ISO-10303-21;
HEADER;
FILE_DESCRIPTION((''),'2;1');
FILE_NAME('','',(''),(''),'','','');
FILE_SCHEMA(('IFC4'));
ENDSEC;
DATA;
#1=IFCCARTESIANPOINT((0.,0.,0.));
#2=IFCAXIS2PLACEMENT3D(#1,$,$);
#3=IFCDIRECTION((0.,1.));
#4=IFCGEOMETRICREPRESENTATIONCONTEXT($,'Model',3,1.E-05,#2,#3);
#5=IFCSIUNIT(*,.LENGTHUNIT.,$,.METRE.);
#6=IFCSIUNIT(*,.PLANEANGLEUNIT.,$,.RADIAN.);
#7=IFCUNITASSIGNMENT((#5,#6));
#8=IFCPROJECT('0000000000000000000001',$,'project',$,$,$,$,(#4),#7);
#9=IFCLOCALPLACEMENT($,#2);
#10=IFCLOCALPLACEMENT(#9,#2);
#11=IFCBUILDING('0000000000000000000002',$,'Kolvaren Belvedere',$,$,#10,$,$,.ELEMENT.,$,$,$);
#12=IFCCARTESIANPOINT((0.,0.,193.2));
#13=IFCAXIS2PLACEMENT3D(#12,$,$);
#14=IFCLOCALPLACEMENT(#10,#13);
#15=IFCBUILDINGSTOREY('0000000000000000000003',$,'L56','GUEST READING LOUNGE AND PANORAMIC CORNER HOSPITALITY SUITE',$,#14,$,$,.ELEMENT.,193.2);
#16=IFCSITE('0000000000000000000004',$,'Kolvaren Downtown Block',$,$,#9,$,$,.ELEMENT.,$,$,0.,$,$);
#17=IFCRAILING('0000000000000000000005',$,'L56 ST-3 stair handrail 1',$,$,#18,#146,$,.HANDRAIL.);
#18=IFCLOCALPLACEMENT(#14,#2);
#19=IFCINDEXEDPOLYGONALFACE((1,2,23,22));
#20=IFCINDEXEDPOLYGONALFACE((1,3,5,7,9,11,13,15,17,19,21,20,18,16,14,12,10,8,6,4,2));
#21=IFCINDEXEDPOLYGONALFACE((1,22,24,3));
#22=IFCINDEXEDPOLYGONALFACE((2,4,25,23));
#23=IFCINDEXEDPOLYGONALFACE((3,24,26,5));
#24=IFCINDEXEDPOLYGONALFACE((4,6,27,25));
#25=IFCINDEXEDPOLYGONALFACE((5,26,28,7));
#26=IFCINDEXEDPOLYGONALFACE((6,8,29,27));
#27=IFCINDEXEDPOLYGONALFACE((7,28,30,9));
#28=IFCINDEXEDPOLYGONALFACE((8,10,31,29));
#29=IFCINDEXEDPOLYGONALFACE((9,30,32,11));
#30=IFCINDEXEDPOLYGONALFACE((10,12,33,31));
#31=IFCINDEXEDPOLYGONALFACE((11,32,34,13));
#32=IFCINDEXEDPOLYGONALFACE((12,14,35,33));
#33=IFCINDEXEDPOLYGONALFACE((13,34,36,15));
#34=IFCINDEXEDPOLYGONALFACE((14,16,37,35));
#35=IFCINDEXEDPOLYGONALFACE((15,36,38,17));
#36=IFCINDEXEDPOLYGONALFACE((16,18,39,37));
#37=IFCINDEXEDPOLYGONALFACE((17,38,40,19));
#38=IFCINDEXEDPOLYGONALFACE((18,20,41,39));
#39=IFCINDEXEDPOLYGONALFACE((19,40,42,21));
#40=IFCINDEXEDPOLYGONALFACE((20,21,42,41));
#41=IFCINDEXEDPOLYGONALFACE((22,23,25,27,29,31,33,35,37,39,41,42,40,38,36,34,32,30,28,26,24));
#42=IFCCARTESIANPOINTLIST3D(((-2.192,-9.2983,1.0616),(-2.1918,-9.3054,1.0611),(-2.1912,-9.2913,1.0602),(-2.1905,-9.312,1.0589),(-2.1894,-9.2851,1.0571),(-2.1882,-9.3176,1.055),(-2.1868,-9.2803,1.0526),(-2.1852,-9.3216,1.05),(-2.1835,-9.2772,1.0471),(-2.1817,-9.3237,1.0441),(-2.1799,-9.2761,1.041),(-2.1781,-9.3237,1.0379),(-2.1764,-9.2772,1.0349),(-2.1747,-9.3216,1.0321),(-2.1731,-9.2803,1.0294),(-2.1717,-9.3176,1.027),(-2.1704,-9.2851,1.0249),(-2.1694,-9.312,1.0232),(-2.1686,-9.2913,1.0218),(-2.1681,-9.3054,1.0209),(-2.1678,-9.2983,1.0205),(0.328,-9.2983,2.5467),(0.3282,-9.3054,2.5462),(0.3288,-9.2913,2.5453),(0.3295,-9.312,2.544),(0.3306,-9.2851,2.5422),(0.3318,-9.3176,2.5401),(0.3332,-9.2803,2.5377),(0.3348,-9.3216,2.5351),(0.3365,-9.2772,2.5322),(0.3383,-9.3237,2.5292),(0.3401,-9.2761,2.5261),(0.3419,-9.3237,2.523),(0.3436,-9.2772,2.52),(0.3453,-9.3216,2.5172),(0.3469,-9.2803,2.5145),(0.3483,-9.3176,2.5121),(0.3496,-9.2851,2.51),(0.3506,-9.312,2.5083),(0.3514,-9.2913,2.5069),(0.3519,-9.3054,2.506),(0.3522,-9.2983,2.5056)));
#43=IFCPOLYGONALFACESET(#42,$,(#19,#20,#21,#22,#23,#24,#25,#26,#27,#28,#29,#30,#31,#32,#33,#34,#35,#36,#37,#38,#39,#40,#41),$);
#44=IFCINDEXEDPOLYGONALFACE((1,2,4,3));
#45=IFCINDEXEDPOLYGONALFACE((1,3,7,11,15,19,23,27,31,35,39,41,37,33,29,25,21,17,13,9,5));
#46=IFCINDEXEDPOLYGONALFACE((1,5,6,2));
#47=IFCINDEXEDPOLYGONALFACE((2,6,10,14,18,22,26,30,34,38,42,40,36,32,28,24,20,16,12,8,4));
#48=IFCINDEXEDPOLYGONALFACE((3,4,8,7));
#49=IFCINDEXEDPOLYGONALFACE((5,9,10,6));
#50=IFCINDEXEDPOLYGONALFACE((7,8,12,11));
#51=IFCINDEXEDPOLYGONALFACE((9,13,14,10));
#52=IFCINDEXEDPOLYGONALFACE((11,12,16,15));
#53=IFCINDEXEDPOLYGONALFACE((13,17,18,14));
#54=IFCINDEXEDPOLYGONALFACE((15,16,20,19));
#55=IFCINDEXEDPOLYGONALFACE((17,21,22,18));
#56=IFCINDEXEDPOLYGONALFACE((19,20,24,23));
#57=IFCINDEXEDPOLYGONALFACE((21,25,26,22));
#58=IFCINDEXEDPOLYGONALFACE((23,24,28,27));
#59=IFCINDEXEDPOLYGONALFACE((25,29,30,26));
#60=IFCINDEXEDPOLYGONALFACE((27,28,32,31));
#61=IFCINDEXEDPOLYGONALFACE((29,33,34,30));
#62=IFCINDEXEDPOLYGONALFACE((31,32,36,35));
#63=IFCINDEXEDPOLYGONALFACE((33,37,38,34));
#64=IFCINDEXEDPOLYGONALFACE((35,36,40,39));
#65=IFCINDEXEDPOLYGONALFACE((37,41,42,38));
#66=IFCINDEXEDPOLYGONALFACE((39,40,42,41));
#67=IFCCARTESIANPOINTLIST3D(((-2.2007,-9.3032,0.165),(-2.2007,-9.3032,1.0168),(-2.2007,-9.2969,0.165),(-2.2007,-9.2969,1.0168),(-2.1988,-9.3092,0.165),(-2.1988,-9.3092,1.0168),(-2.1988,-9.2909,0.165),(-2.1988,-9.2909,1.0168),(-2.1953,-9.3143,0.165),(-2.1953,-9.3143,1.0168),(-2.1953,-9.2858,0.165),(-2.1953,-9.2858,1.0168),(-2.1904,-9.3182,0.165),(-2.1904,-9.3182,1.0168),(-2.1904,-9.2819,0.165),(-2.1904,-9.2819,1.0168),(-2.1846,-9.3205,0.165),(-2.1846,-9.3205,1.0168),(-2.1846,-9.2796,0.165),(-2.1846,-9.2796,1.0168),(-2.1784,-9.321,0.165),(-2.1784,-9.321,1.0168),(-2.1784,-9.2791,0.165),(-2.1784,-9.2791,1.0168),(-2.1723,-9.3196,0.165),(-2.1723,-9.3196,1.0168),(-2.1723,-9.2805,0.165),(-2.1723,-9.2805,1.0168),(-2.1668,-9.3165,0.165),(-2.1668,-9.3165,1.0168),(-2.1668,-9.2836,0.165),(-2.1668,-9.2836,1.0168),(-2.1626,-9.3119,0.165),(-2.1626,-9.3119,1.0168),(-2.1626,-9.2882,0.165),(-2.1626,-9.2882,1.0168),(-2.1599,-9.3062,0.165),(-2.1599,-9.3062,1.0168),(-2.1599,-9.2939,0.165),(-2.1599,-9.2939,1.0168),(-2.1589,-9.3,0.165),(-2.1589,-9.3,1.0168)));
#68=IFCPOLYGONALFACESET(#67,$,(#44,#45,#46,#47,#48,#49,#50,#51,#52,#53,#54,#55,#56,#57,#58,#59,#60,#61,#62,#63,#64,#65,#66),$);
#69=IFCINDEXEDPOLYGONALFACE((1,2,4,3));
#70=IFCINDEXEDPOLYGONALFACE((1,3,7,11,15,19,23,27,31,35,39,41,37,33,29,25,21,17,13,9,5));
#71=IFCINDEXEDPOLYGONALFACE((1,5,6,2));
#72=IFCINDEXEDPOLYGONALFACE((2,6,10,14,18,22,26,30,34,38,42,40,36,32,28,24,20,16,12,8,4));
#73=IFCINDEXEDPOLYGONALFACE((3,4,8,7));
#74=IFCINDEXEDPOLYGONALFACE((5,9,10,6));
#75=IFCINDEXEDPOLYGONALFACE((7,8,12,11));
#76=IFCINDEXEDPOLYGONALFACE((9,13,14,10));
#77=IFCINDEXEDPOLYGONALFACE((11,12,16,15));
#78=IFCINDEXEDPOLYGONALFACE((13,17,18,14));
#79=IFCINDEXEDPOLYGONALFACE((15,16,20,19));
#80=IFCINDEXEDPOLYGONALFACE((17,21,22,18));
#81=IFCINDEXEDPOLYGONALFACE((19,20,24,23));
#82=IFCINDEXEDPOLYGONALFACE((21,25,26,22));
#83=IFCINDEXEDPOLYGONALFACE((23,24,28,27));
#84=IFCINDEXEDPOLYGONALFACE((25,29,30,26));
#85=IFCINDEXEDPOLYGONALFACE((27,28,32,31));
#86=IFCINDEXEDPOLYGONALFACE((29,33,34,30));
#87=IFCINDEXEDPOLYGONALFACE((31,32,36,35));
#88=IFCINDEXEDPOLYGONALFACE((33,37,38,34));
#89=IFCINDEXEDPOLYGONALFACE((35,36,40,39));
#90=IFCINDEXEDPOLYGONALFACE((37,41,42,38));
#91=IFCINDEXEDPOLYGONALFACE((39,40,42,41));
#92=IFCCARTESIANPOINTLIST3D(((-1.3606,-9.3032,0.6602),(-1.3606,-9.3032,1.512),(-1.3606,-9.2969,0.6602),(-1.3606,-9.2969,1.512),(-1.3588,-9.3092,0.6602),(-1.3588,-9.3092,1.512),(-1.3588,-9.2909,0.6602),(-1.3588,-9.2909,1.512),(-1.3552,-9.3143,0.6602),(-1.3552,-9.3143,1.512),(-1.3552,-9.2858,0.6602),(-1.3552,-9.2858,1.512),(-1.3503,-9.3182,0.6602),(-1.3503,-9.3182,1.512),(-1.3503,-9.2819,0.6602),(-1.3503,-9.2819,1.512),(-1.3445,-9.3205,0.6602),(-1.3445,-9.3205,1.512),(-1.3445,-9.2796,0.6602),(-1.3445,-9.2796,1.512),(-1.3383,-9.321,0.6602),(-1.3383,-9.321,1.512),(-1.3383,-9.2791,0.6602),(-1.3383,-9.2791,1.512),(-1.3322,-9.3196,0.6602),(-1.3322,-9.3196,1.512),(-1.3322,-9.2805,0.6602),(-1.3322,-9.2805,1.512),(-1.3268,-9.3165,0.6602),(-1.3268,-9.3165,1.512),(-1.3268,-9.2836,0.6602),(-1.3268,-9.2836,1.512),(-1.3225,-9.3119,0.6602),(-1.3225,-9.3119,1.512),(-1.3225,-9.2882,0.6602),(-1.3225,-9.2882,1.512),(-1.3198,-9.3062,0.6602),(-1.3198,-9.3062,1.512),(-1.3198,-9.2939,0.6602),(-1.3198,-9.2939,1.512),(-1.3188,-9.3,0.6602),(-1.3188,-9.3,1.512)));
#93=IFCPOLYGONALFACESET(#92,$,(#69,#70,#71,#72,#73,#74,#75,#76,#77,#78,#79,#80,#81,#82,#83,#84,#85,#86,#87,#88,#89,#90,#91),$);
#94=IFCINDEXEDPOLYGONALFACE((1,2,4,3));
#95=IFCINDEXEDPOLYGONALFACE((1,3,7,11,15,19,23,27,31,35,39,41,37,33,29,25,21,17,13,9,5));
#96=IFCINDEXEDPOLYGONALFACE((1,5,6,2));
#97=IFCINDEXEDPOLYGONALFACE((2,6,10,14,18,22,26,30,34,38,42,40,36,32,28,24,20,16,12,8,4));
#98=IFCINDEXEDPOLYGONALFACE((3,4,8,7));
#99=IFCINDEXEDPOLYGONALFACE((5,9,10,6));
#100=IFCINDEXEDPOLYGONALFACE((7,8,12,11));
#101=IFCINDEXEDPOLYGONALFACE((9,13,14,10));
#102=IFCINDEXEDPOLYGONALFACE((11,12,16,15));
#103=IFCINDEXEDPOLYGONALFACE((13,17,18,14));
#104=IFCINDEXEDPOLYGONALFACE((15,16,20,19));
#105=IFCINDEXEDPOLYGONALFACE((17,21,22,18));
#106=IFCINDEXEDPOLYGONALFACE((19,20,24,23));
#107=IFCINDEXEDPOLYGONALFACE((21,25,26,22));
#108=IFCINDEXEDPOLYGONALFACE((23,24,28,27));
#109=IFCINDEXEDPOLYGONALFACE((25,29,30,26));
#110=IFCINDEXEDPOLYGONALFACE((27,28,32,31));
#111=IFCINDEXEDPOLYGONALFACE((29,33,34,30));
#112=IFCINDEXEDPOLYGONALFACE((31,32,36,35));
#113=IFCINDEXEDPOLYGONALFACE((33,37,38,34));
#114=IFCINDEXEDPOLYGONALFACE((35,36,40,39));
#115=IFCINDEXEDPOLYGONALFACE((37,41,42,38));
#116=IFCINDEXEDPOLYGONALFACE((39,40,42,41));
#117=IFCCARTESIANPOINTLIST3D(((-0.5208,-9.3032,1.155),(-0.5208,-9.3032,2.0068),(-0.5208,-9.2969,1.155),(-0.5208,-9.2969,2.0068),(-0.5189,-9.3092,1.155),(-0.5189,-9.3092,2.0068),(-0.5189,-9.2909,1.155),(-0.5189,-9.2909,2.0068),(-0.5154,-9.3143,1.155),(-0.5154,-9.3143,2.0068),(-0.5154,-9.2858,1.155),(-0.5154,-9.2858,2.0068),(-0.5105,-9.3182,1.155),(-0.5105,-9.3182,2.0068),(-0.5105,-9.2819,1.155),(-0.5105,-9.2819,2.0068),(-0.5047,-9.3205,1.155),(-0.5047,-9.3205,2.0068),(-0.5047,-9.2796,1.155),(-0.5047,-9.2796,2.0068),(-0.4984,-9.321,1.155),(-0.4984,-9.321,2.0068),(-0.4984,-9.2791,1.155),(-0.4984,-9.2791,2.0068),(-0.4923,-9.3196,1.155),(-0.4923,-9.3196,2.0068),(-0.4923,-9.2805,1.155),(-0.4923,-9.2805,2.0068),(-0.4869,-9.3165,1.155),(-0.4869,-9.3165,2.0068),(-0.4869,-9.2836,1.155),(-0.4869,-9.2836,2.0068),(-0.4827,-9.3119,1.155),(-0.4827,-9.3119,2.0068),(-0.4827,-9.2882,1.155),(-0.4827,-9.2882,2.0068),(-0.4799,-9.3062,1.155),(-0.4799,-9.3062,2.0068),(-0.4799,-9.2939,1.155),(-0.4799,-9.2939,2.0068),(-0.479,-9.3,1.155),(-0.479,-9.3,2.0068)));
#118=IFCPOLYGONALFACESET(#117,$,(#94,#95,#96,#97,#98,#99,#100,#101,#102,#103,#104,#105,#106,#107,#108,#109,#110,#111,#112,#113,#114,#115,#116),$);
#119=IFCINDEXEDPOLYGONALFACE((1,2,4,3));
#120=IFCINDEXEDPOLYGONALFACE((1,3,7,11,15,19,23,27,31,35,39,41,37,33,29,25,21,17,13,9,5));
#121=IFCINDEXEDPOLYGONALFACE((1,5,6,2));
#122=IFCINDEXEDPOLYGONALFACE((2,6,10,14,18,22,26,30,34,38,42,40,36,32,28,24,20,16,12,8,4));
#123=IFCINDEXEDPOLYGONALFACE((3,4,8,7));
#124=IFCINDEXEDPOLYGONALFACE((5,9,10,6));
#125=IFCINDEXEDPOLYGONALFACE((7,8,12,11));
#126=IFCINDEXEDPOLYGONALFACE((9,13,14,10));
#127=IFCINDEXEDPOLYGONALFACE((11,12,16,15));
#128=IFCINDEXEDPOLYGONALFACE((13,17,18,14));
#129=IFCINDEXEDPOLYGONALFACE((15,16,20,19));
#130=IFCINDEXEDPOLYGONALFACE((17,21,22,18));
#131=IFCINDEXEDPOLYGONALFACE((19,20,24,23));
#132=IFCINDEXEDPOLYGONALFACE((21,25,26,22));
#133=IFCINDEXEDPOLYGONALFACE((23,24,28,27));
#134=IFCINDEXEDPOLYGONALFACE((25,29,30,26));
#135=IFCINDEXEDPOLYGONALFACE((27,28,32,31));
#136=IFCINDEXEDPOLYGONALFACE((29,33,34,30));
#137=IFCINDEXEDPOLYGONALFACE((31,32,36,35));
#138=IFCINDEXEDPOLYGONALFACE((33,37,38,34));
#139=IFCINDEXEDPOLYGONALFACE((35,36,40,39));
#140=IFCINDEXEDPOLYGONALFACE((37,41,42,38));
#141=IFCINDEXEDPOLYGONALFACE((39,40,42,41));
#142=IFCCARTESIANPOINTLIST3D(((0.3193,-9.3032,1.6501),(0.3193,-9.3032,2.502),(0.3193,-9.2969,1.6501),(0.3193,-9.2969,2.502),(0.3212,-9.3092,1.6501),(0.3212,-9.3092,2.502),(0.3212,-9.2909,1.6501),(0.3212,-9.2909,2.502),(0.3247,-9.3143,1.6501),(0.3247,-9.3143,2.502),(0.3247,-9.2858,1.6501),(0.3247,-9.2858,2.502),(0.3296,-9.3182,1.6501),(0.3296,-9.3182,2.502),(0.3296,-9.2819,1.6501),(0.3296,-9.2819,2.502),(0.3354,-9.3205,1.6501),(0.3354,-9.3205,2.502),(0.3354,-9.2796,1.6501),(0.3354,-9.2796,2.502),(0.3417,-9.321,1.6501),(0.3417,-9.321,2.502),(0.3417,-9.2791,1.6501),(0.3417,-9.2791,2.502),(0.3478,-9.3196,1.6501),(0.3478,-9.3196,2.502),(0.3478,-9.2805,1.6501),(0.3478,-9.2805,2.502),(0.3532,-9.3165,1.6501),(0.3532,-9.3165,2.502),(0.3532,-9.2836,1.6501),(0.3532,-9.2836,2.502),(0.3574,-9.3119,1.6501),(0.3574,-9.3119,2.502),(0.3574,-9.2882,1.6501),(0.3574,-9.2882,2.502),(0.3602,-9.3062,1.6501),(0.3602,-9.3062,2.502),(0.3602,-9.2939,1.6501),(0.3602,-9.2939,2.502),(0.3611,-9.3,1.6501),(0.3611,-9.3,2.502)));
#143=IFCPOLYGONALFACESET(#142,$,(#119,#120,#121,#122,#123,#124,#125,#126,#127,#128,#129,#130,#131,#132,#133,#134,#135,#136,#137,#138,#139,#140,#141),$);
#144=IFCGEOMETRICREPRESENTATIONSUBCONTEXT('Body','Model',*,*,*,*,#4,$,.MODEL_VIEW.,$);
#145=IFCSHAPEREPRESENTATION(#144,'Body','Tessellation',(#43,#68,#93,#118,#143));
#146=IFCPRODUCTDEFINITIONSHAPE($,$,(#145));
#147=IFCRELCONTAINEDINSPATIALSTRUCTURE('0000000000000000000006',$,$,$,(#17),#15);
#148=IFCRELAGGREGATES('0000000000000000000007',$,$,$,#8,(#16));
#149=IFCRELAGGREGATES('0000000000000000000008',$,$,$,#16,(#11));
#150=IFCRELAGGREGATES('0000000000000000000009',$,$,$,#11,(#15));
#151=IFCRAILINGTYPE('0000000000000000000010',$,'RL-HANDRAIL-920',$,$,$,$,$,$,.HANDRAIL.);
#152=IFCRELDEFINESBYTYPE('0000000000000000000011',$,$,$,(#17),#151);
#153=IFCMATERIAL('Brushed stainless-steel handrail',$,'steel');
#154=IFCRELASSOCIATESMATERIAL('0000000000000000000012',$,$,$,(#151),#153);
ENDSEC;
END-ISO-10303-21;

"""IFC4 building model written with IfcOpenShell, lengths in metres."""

from ifc_helpers import new_model, si_unit, direction, frame, origin, origin_2d, place, context, subcontext, project, spatial, circle, extrude, material, type_object, element, save


model = new_model("IFC4")

# Units and contexts
model_context = context("Model", 3, precision=1e-05, world=origin(), true_north=direction((0.0, 1.0)))
body_context = subcontext(model_context, "Body", "Model", "MODEL_VIEW")
ifc_project = project(units=[si_unit("LENGTHUNIT", "METRE"), si_unit("PLANEANGLEUNIT", "RADIAN")], contexts=[model_context])

# Site, building, storey
site_placement = place(None, origin())
site = spatial("IfcSite", under=ifc_project, at=site_placement, Name="Kolvaren Downtown Block", CompositionType="ELEMENT", RefElevation=0.0)
building_placement = place(site_placement, origin())
building = spatial("IfcBuilding", under=site, at=building_placement, Name="Kolvaren Belvedere", CompositionType="ELEMENT")
storey_placement = place(building_placement, frame((0.0, 0.0, 193.2)))
storey = spatial("IfcBuildingStorey", under=building, at=storey_placement, Name="L56", Description="GUEST READING LOUNGE AND PANORAMIC CORNER HOSPITALITY SUITE", CompositionType="ELEMENT", Elevation=193.2)

# Railing
ifc_material_1 = material(Name="Brushed stainless-steel handrail", Category="steel")
railing_type_1 = type_object("IfcRailingType", Name="RL-HANDRAIL-920", PredefinedType="HANDRAIL", material=ifc_material_1)
railing_1_placement = place(storey_placement, frame((-2.1799, -9.3, 0.165)))
element("IfcRailing", 1, at=railing_1_placement, inside=storey, type_object=railing_type_1, Name="L56 ST-3 stair handrail 1", PredefinedType="HANDRAIL", context=body_context, shape_type="SweptSolid", body=[
    extrude(circle(Radius=0.0239, at=origin_2d()), frame((0.0, 0.0, 0.876), z_axis=(0.861524, 0.0, 0.507717), x_axis=(0.0, 1.0, 0.0)), (0.0, 0.0, 1.0), 2.925),
    extrude(circle(Radius=0.021, at=origin_2d()), origin(), (0.0, 0.0, 1.0), 0.8518),
    extrude(circle(Radius=0.021, at=origin_2d()), frame((0.8401, 0.0, 0.4951)), (0.0, 0.0, 1.0), 0.8518),
    extrude(circle(Radius=0.021, at=origin_2d()), frame((1.6799, 0.0, 0.99)), (0.0, 0.0, 1.0), 0.8518),
    extrude(circle(Radius=0.021, at=origin_2d()), frame((2.52, 0.0, 1.4851)), (0.0, 0.0, 1.0), 0.8518),
])

save(model, "model.ifc")
